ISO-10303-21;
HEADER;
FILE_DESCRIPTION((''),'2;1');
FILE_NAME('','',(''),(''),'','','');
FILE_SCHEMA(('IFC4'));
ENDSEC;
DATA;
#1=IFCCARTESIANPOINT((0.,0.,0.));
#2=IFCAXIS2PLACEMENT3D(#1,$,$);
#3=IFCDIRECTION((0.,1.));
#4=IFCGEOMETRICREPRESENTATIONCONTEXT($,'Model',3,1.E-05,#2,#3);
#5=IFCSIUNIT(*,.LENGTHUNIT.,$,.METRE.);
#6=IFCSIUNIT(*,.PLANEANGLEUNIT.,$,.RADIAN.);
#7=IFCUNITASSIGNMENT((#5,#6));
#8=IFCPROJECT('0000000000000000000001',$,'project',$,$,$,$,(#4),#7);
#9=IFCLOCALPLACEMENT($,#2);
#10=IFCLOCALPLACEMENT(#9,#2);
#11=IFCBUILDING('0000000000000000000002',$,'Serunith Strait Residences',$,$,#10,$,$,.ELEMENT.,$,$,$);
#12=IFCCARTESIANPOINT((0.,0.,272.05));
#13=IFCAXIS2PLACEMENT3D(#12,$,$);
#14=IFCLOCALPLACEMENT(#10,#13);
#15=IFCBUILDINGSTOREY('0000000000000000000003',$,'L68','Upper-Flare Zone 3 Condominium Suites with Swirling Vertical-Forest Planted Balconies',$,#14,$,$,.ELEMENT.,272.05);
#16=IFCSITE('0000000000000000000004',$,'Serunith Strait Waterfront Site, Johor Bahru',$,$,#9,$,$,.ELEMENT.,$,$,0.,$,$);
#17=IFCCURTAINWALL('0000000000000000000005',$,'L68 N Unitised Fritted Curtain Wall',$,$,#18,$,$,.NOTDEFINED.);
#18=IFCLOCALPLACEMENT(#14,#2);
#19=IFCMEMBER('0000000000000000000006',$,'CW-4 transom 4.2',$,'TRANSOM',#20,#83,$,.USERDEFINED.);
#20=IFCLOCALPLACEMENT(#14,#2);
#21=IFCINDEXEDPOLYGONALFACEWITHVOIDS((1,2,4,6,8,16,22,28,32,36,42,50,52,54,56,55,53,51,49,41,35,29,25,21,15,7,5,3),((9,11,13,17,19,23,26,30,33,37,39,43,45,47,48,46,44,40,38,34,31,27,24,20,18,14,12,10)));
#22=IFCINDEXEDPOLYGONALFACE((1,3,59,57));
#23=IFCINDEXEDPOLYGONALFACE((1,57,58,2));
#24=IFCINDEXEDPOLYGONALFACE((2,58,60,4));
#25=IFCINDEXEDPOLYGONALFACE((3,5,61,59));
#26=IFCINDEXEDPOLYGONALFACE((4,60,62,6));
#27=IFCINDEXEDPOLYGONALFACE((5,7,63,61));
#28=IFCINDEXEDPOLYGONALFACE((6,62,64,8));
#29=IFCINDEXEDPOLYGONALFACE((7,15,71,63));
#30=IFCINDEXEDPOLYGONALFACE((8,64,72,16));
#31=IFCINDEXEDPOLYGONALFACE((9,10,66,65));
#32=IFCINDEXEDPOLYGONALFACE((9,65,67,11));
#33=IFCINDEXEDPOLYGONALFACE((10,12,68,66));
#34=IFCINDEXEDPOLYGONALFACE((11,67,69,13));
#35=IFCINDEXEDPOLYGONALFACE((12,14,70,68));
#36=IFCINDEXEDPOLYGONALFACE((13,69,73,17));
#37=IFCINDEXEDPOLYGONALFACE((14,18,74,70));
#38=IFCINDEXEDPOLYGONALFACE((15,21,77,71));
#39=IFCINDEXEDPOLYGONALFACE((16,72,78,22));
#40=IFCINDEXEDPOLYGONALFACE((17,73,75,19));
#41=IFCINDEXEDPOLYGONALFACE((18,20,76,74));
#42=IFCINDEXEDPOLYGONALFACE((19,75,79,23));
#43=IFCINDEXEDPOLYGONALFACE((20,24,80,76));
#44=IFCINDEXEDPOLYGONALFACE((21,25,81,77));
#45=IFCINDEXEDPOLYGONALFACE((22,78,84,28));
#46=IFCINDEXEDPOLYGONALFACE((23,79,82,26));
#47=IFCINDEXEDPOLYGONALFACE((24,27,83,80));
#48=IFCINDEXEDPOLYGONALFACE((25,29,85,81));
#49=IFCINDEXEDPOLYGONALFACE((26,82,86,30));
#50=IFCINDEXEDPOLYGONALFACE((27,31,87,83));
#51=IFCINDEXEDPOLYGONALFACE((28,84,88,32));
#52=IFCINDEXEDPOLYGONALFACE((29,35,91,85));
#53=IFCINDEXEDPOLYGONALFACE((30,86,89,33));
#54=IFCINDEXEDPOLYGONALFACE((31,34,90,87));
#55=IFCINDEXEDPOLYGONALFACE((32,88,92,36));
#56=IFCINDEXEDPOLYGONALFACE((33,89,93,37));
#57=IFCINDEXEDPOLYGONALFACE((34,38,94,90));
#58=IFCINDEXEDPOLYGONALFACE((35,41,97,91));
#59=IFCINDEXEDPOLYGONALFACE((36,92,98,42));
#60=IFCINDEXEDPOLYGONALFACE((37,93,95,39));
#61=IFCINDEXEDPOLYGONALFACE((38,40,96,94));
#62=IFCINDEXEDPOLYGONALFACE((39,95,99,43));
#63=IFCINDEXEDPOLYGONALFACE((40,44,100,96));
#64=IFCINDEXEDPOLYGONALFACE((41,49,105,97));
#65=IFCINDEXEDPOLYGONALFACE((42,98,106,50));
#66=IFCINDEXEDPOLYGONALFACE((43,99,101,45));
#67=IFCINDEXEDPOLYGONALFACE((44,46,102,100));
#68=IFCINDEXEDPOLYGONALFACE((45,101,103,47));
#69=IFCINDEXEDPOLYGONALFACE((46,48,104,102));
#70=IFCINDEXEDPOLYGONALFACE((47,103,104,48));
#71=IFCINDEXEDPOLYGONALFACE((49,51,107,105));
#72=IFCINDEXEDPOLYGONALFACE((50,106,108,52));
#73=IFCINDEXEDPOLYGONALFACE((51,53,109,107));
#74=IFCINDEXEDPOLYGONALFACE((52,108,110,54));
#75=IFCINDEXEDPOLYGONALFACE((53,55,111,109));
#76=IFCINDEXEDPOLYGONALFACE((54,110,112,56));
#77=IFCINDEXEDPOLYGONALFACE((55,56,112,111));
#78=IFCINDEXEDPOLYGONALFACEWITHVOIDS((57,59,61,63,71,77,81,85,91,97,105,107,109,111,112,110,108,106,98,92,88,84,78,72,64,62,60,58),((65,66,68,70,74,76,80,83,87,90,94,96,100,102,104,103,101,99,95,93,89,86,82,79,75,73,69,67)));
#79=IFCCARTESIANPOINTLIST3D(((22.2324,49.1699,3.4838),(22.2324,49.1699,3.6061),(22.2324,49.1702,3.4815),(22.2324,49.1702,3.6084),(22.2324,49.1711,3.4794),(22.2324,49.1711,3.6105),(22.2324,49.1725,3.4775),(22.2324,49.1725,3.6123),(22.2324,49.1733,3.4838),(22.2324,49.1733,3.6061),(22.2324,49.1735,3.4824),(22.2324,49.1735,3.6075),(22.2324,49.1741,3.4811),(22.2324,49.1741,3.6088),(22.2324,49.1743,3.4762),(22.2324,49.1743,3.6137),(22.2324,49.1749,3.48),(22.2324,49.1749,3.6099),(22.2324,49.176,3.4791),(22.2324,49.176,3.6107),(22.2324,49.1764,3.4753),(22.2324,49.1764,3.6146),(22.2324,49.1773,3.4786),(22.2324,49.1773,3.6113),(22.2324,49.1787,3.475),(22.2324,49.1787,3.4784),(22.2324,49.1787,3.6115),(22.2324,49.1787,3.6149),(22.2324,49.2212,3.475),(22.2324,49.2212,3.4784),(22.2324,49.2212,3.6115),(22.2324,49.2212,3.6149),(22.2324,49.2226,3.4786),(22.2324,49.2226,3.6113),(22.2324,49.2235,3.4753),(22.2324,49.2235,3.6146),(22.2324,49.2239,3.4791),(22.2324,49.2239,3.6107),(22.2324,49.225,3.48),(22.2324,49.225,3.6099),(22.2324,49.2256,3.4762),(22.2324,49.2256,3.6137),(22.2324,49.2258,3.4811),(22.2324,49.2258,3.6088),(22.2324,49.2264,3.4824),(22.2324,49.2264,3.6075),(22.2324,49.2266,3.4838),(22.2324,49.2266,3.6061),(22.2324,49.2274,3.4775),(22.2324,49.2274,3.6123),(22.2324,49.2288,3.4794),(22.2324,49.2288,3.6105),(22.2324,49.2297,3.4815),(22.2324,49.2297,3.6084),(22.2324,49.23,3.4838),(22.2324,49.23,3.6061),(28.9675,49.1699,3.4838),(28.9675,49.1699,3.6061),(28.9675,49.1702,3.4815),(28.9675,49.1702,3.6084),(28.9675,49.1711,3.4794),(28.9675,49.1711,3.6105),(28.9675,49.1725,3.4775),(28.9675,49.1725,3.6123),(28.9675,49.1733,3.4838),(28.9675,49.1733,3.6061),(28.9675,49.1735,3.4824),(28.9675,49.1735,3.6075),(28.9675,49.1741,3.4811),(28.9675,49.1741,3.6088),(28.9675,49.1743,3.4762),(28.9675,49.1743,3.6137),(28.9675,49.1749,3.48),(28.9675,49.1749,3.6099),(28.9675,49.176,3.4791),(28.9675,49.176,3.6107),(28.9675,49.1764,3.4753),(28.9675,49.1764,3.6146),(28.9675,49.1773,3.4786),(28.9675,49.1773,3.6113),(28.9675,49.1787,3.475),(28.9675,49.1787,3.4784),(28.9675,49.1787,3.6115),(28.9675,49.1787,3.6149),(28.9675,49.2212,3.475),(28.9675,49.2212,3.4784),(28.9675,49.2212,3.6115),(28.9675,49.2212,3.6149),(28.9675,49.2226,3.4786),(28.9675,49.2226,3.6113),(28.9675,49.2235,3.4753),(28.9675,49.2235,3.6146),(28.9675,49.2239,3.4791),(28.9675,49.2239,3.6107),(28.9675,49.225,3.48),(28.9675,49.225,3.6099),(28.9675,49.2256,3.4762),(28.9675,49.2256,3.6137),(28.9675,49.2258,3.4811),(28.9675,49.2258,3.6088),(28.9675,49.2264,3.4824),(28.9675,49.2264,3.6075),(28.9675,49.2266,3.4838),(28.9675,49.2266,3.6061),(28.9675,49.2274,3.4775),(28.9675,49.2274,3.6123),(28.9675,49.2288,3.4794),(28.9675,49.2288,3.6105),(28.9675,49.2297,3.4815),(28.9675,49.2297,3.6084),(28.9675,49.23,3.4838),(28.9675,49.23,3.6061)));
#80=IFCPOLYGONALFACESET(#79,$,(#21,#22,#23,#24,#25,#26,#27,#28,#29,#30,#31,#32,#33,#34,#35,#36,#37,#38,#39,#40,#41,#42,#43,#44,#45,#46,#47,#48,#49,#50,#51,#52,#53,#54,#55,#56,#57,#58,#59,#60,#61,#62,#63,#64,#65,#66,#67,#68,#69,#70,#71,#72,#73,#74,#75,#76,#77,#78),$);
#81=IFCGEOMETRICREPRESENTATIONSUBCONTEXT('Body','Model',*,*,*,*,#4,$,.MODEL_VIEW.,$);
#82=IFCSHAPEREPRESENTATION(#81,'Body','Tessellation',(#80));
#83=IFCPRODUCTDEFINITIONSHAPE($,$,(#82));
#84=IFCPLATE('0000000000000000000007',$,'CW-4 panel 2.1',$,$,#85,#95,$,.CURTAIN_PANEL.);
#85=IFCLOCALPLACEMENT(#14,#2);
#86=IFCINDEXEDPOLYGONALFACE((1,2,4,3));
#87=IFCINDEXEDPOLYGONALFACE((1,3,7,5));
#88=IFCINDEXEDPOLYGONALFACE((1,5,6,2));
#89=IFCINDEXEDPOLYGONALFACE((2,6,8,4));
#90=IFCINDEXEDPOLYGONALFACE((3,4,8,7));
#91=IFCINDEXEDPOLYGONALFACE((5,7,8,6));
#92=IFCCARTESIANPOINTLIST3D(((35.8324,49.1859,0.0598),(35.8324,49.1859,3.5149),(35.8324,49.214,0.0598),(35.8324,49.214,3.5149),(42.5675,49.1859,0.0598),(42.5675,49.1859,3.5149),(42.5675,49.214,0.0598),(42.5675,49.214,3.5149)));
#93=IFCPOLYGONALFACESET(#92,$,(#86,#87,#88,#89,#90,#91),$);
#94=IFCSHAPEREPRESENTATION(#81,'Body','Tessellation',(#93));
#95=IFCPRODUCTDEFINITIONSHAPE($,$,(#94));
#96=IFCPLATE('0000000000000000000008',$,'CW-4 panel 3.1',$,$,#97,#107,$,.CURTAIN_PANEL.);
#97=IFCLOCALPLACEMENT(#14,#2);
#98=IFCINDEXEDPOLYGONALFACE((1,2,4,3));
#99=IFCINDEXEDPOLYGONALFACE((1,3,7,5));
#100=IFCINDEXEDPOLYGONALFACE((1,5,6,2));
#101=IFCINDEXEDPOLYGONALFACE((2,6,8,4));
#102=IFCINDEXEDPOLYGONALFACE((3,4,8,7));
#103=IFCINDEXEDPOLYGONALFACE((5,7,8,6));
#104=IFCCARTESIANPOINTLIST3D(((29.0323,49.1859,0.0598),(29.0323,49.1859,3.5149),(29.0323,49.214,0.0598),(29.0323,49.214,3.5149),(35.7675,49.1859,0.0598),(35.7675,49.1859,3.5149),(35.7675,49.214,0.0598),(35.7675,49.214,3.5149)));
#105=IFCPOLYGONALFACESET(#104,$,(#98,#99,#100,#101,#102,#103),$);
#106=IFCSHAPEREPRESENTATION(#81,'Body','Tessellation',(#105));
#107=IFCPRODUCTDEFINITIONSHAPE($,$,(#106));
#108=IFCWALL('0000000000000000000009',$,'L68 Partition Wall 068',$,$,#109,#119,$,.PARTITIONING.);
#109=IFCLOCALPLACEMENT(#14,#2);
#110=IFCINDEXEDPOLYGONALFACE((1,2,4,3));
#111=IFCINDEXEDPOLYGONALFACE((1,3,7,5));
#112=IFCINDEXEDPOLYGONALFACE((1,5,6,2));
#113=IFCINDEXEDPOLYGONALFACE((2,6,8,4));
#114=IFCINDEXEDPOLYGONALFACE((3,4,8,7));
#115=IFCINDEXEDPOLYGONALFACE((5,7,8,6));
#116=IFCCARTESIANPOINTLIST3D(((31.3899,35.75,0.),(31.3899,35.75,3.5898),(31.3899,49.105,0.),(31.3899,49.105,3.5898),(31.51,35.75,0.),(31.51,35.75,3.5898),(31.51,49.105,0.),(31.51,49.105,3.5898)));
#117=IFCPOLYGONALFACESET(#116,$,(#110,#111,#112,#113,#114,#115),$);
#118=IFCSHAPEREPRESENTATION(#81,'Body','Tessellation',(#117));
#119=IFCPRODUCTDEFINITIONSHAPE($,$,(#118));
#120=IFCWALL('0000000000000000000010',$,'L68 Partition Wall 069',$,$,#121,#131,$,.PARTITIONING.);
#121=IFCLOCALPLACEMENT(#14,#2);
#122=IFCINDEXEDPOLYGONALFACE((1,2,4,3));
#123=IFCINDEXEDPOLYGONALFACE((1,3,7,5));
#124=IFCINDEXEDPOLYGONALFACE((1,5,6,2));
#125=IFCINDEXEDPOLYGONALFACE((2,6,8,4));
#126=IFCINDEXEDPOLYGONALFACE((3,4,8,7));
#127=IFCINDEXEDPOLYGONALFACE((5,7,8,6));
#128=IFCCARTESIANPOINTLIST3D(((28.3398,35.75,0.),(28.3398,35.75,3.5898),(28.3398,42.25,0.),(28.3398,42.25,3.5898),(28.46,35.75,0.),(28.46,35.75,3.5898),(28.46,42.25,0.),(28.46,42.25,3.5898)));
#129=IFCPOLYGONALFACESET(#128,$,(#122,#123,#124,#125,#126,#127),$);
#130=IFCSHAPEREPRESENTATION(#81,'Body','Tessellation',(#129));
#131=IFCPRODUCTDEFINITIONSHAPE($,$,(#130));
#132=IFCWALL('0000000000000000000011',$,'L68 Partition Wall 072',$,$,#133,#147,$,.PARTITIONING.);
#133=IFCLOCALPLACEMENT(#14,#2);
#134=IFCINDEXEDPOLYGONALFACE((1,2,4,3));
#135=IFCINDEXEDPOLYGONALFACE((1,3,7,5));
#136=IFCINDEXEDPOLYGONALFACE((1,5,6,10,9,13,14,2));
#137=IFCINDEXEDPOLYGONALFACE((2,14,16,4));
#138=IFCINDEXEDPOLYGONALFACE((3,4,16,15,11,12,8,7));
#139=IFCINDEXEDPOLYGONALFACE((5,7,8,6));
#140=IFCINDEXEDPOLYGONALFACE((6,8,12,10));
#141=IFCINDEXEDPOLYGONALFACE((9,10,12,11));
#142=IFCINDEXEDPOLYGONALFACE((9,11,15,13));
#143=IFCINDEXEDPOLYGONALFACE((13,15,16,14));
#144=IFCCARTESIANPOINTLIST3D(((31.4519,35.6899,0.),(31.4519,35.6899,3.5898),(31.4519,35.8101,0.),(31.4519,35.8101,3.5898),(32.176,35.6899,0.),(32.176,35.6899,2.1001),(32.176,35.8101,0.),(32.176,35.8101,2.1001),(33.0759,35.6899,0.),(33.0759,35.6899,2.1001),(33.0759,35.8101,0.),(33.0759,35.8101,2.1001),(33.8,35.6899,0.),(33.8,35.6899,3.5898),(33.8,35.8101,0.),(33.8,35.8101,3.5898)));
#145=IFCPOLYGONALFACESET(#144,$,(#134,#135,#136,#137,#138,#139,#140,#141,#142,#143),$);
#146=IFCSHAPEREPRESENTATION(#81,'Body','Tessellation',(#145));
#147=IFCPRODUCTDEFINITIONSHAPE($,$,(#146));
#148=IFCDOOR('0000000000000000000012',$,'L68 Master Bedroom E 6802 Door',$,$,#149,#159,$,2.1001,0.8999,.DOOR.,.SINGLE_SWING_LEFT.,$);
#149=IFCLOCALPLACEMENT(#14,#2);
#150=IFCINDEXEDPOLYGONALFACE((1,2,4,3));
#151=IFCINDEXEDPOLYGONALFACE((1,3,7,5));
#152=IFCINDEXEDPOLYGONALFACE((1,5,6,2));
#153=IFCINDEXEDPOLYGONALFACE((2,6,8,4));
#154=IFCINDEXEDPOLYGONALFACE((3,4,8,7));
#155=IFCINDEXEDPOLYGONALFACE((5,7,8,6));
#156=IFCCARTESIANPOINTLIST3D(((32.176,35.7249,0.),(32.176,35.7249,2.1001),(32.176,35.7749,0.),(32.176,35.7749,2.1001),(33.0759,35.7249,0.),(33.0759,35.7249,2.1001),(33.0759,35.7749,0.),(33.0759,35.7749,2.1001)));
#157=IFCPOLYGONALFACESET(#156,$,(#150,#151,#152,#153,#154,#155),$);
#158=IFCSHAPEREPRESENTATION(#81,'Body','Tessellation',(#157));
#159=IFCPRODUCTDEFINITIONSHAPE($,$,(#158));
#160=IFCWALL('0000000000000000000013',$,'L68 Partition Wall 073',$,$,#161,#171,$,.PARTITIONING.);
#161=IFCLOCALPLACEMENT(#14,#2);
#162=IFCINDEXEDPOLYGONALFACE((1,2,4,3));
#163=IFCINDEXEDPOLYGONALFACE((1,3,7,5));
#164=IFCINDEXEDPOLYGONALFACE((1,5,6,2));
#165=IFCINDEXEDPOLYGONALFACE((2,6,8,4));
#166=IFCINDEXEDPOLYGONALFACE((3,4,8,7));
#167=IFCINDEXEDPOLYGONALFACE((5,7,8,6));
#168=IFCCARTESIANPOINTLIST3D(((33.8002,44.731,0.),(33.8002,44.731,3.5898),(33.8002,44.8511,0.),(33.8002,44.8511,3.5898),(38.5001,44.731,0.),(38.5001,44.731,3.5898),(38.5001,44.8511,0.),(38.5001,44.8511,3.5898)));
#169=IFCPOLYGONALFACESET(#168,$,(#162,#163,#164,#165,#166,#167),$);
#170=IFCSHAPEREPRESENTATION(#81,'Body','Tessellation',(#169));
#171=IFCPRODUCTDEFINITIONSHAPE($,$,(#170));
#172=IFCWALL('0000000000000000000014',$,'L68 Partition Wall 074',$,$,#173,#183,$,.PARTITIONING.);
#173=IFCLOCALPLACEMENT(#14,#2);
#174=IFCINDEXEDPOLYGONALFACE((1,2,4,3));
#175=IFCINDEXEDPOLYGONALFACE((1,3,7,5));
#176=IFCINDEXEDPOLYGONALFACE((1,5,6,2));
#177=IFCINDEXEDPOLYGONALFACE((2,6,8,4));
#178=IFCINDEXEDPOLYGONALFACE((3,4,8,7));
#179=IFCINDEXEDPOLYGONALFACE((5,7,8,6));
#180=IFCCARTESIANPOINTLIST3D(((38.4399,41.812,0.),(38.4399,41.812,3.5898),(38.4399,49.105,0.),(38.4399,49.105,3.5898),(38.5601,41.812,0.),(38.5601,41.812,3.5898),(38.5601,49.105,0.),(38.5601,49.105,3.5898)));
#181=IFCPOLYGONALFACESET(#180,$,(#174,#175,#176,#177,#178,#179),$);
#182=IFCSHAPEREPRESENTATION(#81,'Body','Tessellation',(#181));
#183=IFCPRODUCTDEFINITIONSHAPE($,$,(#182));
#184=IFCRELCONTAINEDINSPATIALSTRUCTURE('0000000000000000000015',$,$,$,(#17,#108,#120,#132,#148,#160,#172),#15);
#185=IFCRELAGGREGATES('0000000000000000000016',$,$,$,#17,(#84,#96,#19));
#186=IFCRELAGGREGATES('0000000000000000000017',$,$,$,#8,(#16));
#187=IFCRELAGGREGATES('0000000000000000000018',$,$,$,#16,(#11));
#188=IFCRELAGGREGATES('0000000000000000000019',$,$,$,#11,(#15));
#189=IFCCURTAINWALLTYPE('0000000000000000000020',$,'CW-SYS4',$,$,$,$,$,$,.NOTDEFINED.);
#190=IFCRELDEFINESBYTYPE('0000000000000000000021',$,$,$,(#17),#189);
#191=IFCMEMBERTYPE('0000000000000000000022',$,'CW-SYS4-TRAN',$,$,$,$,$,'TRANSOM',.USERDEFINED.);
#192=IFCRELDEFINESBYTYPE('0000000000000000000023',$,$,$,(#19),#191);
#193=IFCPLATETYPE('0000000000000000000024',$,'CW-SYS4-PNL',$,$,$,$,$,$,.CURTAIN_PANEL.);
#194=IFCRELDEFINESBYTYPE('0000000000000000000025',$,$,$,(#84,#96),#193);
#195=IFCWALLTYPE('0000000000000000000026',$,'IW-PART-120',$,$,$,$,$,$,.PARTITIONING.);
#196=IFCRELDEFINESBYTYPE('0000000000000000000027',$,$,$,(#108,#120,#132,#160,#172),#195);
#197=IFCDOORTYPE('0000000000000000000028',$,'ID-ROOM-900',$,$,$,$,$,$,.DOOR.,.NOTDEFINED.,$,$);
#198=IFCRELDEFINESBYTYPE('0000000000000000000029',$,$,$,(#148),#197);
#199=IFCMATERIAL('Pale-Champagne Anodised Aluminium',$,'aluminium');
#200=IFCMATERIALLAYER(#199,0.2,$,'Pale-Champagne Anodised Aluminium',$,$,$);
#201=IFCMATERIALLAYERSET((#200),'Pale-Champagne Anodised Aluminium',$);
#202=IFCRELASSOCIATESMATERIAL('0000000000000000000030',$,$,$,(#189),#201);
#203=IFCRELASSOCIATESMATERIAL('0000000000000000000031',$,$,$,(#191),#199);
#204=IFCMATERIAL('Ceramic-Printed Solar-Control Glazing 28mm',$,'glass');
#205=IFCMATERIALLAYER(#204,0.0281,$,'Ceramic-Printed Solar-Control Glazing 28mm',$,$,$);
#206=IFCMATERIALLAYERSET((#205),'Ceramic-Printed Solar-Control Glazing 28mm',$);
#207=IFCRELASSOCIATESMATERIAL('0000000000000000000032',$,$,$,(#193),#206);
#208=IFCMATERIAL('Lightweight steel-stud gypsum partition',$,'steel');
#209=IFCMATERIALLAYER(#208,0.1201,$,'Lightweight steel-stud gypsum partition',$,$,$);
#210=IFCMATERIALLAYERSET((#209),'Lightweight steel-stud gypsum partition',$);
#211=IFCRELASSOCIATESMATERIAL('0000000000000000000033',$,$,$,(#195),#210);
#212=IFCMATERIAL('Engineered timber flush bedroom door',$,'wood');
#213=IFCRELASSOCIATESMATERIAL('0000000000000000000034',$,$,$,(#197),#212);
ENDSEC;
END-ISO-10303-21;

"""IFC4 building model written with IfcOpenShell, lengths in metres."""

from ifc_helpers import new_model, si_unit, direction, frame, frame_2d, origin, origin_2d, place, context, subcontext, project, spatial, rectangle, hollow_rectangle, extrude, source, transform, mapped, material, layer, layer_set, material_profile, profile_set, type_object, element, fill, aggregate, save


model = new_model("IFC4")

# Units and contexts
model_context = context("Model", 3, precision=1e-05, world=origin(), true_north=direction((0.0, 1.0)))
body_context = subcontext(model_context, "Body", "Model", "MODEL_VIEW")
ifc_project = project(units=[si_unit("LENGTHUNIT", "METRE"), si_unit("PLANEANGLEUNIT", "RADIAN")], contexts=[model_context])

# Site, building, storey
site_placement = place(None, origin())
site = spatial("IfcSite", under=ifc_project, at=site_placement, Name="Serunith Strait Waterfront Site, Johor Bahru", CompositionType="ELEMENT", RefElevation=0.0)
building_placement = place(site_placement, origin())
building = spatial("IfcBuilding", under=site, at=building_placement, Name="Serunith Strait Residences", CompositionType="ELEMENT")
storey_placement = place(building_placement, frame((0.0, 0.0, 272.05)))
storey = spatial("IfcBuildingStorey", under=building, at=storey_placement, Name="L68", Description="Upper-Flare Zone 3 Condominium Suites with Swirling Vertical-Forest Planted Balconies", CompositionType="ELEMENT", Elevation=272.05)

# Curtain wall, member, plates
ifc_material_1 = material(Name="Pale-Champagne Anodised Aluminium", Category="aluminium")
ifc_layer_1 = layer(ifc_material_1, 0.2, Name="Pale-Champagne Anodised Aluminium")
ifc_layer_set_1 = layer_set([ifc_layer_1], Name="Pale-Champagne Anodised Aluminium")
curtain_wall_type = type_object("IfcCurtainWallType", Name="CW-SYS4", PredefinedType="NOTDEFINED", material=ifc_layer_set_1)
curtain_wall_placement = place(storey_placement, origin())
curtain_wall = element("IfcCurtainWall", 1, at=curtain_wall_placement, inside=storey, type_object=curtain_wall_type, Name="L68 N Unitised Fritted Curtain Wall", PredefinedType="NOTDEFINED")
ifc_material_profile_1 = material_profile(ifc_material_1, hollow_rectangle(XDim=0.0601, YDim=0.1399, WallThickness=0.0034, InnerFilletRadius=0.0054, OuterFilletRadius=0.0088, at=origin_2d()), Name="ALU 140x60x3.5")
ifc_profile_set_1 = profile_set([ifc_material_profile_1], Name="Pale-Champagne Anodised Aluminium")
member_type_1 = type_object("IfcMemberType", Name="CW-SYS4-TRAN", ElementType="TRANSOM", PredefinedType="USERDEFINED", material=ifc_profile_set_1)
shared_shape_1 = source(origin(), body_context, "Body", "SweptSolid", [
    extrude(hollow_rectangle(XDim=0.0601, YDim=0.1399, WallThickness=0.0034, InnerFilletRadius=0.0054, OuterFilletRadius=0.0088, at=origin_2d()), origin(), (0.0, 0.0, 1.0), 6.7351),
])
member_1_placement = place(storey_placement, frame((28.9675, 49.2, 3.5449), z_axis=(-1.0, 0.0, 0.0), x_axis=(0.0, -1.0, 0.0)))
member_1 = element("IfcMember", 2, at=member_1_placement, type_object=member_type_1, Name="CW-4 transom 4.2", ObjectType="TRANSOM", PredefinedType="USERDEFINED", context=body_context, shape_type="MappedRepresentation", body=[
    mapped(shared_shape_1, transform((0.0, 0.0, 0.0), scale=1.0)),
])
ifc_material_2 = material(Name="Ceramic-Printed Solar-Control Glazing 28mm", Category="glass")
ifc_layer_2 = layer(ifc_material_2, 0.0281, Name="Ceramic-Printed Solar-Control Glazing 28mm")
ifc_layer_set_2 = layer_set([ifc_layer_2], Name="Ceramic-Printed Solar-Control Glazing 28mm")
plate_type = type_object("IfcPlateType", Name="CW-SYS4-PNL", PredefinedType="CURTAIN_PANEL", material=ifc_layer_set_2)
shared_shape_2 = source(origin(), body_context, "Body", "SweptSolid", [
    extrude(rectangle(XDim=6.7351, YDim=0.0281, at=origin_2d()), origin(), (0.0, 0.0, 1.0), 3.4551),
])
plate_1_placement = place(storey_placement, frame((39.2, 49.2, 0.0598), z_axis=(0.0, 0.0, 1.0), x_axis=(-1.0, 0.0, 0.0)))
plate_1 = element("IfcPlate", 3, at=plate_1_placement, type_object=plate_type, Name="CW-4 panel 2.1", PredefinedType="CURTAIN_PANEL", context=body_context, shape_type="MappedRepresentation", body=[
    mapped(shared_shape_2, transform((0.0, 0.0, 0.0), scale=1.0)),
])
plate_2_placement = place(storey_placement, frame((32.3999, 49.2, 0.0598), z_axis=(0.0, 0.0, 1.0), x_axis=(-1.0, 0.0, 0.0)))
plate_2 = element("IfcPlate", 4, at=plate_2_placement, type_object=plate_type, Name="CW-4 panel 3.1", PredefinedType="CURTAIN_PANEL", context=body_context, shape_type="MappedRepresentation", body=[
    mapped(shared_shape_2, transform((0.0, 0.0, 0.0), scale=1.0)),
])
aggregate(curtain_wall, [plate_1, plate_2, member_1])

# Walls
ifc_material_3 = material(Name="Lightweight steel-stud gypsum partition", Category="steel")
ifc_layer_3 = layer(ifc_material_3, 0.1201, Name="Lightweight steel-stud gypsum partition")
ifc_layer_set_3 = layer_set([ifc_layer_3], Name="Lightweight steel-stud gypsum partition")
wall_type = type_object("IfcWallType", Name="IW-PART-120", PredefinedType="PARTITIONING", material=ifc_layer_set_3)
wall_1_placement = place(storey_placement, frame((31.45, 49.105, 0.0), z_axis=(0.0, 0.0, 1.0), x_axis=(0.0, -1.0, 0.0)))
element("IfcWall", 5, at=wall_1_placement, inside=storey, type_object=wall_type, Name="L68 Partition Wall 068", PredefinedType="PARTITIONING", context=body_context, shape_type="SweptSolid", body=[
    extrude(rectangle(XDim=13.355, YDim=0.1201, at=frame_2d((6.6775, 0.0))), origin(), (0.0, 0.0, 1.0), 3.5898),
])
wall_2_placement = place(storey_placement, frame((28.3999, 42.25, 0.0), z_axis=(0.0, 0.0, 1.0), x_axis=(0.0, -1.0, 0.0)))
element("IfcWall", 6, at=wall_2_placement, inside=storey, type_object=wall_type, Name="L68 Partition Wall 069", PredefinedType="PARTITIONING", context=body_context, shape_type="SweptSolid", body=[
    extrude(rectangle(XDim=6.5, YDim=0.1201, at=frame_2d((3.25, 0.0))), origin(), (0.0, 0.0, 1.0), 3.5898),
])

# Wall, opening, door
wall_3_placement = place(storey_placement, frame((31.4519, 35.75, 0.0), z_axis=(0.0, 0.0, 1.0), x_axis=(1.0, 0.0, 0.0)))
wall_3 = element("IfcWall", 7, at=wall_3_placement, inside=storey, type_object=wall_type, Name="L68 Partition Wall 072", PredefinedType="PARTITIONING", context=body_context, shape_type="SweptSolid", body=[
    extrude(rectangle(XDim=2.3481, YDim=0.1201, at=frame_2d((1.1741, 0.0))), origin(), (0.0, 0.0, 1.0), 3.5898),
])
opening_1_placement = place(wall_3_placement, frame((0.7241, 0.0, 0.0)))
opening_1 = element("IfcOpeningElement", 8, at=opening_1_placement, cuts=wall_3, PredefinedType="OPENING", context=body_context, shape_type="SweptSolid", body=[
    extrude(rectangle(XDim=0.8999, YDim=2.1001, at=frame_2d((0.45, 1.05))), frame((0.0, 0.0701, 0.0), z_axis=(0.0, -1.0, 0.0), x_axis=(1.0, 0.0, 0.0)), (0.0, 0.0, 1.0), 0.1401),
])
ifc_material_4 = material(Name="Engineered timber flush bedroom door", Category="wood")
door_type_1 = type_object("IfcDoorType", Name="ID-ROOM-900", OperationType="NOTDEFINED", PredefinedType="DOOR", material=ifc_material_4)
shared_shape_3 = source(origin(), body_context, "Body", "SweptSolid", [
    extrude(rectangle(XDim=0.8999, YDim=2.1001, at=frame_2d((0.45, 1.05))), frame((0.0, 0.0249, 0.0), z_axis=(0.0, -1.0, 0.0), x_axis=(1.0, 0.0, 0.0)), (0.0, 0.0, 1.0), 0.05),
])
door_1_placement = place(opening_1_placement, origin())
door_1 = element("IfcDoor", 9, at=door_1_placement, inside=storey, type_object=door_type_1, Name="L68 Master Bedroom E 6802 Door", OperationType="SINGLE_SWING_LEFT", OverallHeight=2.1001, OverallWidth=0.8999, PredefinedType="DOOR", context=body_context, shape_type="MappedRepresentation", body=[
    mapped(shared_shape_3, transform((0.0, 0.0, 0.0), scale=1.0)),
])
fill(opening_1, door_1)

# Walls
wall_4_placement = place(storey_placement, frame((33.8, 44.791, 0.0), z_axis=(0.0, 0.0, 1.0), x_axis=(1.0, 0.0, 0.0)))
element("IfcWall", 10, at=wall_4_placement, inside=storey, type_object=wall_type, Name="L68 Partition Wall 073", PredefinedType="PARTITIONING", context=body_context, shape_type="SweptSolid", body=[
    extrude(rectangle(XDim=4.7, YDim=0.1201, at=frame_2d((2.3501, 0.0))), origin(), (0.0, 0.0, 1.0), 3.5898),
])
wall_5_placement = place(storey_placement, frame((38.5, 49.105, 0.0), z_axis=(0.0, 0.0, 1.0), x_axis=(0.0, -1.0, 0.0)))
element("IfcWall", 11, at=wall_5_placement, inside=storey, type_object=wall_type, Name="L68 Partition Wall 074", PredefinedType="PARTITIONING", context=body_context, shape_type="SweptSolid", body=[
    extrude(rectangle(XDim=7.293, YDim=0.1201, at=frame_2d((3.6465, 0.0))), origin(), (0.0, 0.0, 1.0), 3.5898),
])

save(model, "model.ifc")
